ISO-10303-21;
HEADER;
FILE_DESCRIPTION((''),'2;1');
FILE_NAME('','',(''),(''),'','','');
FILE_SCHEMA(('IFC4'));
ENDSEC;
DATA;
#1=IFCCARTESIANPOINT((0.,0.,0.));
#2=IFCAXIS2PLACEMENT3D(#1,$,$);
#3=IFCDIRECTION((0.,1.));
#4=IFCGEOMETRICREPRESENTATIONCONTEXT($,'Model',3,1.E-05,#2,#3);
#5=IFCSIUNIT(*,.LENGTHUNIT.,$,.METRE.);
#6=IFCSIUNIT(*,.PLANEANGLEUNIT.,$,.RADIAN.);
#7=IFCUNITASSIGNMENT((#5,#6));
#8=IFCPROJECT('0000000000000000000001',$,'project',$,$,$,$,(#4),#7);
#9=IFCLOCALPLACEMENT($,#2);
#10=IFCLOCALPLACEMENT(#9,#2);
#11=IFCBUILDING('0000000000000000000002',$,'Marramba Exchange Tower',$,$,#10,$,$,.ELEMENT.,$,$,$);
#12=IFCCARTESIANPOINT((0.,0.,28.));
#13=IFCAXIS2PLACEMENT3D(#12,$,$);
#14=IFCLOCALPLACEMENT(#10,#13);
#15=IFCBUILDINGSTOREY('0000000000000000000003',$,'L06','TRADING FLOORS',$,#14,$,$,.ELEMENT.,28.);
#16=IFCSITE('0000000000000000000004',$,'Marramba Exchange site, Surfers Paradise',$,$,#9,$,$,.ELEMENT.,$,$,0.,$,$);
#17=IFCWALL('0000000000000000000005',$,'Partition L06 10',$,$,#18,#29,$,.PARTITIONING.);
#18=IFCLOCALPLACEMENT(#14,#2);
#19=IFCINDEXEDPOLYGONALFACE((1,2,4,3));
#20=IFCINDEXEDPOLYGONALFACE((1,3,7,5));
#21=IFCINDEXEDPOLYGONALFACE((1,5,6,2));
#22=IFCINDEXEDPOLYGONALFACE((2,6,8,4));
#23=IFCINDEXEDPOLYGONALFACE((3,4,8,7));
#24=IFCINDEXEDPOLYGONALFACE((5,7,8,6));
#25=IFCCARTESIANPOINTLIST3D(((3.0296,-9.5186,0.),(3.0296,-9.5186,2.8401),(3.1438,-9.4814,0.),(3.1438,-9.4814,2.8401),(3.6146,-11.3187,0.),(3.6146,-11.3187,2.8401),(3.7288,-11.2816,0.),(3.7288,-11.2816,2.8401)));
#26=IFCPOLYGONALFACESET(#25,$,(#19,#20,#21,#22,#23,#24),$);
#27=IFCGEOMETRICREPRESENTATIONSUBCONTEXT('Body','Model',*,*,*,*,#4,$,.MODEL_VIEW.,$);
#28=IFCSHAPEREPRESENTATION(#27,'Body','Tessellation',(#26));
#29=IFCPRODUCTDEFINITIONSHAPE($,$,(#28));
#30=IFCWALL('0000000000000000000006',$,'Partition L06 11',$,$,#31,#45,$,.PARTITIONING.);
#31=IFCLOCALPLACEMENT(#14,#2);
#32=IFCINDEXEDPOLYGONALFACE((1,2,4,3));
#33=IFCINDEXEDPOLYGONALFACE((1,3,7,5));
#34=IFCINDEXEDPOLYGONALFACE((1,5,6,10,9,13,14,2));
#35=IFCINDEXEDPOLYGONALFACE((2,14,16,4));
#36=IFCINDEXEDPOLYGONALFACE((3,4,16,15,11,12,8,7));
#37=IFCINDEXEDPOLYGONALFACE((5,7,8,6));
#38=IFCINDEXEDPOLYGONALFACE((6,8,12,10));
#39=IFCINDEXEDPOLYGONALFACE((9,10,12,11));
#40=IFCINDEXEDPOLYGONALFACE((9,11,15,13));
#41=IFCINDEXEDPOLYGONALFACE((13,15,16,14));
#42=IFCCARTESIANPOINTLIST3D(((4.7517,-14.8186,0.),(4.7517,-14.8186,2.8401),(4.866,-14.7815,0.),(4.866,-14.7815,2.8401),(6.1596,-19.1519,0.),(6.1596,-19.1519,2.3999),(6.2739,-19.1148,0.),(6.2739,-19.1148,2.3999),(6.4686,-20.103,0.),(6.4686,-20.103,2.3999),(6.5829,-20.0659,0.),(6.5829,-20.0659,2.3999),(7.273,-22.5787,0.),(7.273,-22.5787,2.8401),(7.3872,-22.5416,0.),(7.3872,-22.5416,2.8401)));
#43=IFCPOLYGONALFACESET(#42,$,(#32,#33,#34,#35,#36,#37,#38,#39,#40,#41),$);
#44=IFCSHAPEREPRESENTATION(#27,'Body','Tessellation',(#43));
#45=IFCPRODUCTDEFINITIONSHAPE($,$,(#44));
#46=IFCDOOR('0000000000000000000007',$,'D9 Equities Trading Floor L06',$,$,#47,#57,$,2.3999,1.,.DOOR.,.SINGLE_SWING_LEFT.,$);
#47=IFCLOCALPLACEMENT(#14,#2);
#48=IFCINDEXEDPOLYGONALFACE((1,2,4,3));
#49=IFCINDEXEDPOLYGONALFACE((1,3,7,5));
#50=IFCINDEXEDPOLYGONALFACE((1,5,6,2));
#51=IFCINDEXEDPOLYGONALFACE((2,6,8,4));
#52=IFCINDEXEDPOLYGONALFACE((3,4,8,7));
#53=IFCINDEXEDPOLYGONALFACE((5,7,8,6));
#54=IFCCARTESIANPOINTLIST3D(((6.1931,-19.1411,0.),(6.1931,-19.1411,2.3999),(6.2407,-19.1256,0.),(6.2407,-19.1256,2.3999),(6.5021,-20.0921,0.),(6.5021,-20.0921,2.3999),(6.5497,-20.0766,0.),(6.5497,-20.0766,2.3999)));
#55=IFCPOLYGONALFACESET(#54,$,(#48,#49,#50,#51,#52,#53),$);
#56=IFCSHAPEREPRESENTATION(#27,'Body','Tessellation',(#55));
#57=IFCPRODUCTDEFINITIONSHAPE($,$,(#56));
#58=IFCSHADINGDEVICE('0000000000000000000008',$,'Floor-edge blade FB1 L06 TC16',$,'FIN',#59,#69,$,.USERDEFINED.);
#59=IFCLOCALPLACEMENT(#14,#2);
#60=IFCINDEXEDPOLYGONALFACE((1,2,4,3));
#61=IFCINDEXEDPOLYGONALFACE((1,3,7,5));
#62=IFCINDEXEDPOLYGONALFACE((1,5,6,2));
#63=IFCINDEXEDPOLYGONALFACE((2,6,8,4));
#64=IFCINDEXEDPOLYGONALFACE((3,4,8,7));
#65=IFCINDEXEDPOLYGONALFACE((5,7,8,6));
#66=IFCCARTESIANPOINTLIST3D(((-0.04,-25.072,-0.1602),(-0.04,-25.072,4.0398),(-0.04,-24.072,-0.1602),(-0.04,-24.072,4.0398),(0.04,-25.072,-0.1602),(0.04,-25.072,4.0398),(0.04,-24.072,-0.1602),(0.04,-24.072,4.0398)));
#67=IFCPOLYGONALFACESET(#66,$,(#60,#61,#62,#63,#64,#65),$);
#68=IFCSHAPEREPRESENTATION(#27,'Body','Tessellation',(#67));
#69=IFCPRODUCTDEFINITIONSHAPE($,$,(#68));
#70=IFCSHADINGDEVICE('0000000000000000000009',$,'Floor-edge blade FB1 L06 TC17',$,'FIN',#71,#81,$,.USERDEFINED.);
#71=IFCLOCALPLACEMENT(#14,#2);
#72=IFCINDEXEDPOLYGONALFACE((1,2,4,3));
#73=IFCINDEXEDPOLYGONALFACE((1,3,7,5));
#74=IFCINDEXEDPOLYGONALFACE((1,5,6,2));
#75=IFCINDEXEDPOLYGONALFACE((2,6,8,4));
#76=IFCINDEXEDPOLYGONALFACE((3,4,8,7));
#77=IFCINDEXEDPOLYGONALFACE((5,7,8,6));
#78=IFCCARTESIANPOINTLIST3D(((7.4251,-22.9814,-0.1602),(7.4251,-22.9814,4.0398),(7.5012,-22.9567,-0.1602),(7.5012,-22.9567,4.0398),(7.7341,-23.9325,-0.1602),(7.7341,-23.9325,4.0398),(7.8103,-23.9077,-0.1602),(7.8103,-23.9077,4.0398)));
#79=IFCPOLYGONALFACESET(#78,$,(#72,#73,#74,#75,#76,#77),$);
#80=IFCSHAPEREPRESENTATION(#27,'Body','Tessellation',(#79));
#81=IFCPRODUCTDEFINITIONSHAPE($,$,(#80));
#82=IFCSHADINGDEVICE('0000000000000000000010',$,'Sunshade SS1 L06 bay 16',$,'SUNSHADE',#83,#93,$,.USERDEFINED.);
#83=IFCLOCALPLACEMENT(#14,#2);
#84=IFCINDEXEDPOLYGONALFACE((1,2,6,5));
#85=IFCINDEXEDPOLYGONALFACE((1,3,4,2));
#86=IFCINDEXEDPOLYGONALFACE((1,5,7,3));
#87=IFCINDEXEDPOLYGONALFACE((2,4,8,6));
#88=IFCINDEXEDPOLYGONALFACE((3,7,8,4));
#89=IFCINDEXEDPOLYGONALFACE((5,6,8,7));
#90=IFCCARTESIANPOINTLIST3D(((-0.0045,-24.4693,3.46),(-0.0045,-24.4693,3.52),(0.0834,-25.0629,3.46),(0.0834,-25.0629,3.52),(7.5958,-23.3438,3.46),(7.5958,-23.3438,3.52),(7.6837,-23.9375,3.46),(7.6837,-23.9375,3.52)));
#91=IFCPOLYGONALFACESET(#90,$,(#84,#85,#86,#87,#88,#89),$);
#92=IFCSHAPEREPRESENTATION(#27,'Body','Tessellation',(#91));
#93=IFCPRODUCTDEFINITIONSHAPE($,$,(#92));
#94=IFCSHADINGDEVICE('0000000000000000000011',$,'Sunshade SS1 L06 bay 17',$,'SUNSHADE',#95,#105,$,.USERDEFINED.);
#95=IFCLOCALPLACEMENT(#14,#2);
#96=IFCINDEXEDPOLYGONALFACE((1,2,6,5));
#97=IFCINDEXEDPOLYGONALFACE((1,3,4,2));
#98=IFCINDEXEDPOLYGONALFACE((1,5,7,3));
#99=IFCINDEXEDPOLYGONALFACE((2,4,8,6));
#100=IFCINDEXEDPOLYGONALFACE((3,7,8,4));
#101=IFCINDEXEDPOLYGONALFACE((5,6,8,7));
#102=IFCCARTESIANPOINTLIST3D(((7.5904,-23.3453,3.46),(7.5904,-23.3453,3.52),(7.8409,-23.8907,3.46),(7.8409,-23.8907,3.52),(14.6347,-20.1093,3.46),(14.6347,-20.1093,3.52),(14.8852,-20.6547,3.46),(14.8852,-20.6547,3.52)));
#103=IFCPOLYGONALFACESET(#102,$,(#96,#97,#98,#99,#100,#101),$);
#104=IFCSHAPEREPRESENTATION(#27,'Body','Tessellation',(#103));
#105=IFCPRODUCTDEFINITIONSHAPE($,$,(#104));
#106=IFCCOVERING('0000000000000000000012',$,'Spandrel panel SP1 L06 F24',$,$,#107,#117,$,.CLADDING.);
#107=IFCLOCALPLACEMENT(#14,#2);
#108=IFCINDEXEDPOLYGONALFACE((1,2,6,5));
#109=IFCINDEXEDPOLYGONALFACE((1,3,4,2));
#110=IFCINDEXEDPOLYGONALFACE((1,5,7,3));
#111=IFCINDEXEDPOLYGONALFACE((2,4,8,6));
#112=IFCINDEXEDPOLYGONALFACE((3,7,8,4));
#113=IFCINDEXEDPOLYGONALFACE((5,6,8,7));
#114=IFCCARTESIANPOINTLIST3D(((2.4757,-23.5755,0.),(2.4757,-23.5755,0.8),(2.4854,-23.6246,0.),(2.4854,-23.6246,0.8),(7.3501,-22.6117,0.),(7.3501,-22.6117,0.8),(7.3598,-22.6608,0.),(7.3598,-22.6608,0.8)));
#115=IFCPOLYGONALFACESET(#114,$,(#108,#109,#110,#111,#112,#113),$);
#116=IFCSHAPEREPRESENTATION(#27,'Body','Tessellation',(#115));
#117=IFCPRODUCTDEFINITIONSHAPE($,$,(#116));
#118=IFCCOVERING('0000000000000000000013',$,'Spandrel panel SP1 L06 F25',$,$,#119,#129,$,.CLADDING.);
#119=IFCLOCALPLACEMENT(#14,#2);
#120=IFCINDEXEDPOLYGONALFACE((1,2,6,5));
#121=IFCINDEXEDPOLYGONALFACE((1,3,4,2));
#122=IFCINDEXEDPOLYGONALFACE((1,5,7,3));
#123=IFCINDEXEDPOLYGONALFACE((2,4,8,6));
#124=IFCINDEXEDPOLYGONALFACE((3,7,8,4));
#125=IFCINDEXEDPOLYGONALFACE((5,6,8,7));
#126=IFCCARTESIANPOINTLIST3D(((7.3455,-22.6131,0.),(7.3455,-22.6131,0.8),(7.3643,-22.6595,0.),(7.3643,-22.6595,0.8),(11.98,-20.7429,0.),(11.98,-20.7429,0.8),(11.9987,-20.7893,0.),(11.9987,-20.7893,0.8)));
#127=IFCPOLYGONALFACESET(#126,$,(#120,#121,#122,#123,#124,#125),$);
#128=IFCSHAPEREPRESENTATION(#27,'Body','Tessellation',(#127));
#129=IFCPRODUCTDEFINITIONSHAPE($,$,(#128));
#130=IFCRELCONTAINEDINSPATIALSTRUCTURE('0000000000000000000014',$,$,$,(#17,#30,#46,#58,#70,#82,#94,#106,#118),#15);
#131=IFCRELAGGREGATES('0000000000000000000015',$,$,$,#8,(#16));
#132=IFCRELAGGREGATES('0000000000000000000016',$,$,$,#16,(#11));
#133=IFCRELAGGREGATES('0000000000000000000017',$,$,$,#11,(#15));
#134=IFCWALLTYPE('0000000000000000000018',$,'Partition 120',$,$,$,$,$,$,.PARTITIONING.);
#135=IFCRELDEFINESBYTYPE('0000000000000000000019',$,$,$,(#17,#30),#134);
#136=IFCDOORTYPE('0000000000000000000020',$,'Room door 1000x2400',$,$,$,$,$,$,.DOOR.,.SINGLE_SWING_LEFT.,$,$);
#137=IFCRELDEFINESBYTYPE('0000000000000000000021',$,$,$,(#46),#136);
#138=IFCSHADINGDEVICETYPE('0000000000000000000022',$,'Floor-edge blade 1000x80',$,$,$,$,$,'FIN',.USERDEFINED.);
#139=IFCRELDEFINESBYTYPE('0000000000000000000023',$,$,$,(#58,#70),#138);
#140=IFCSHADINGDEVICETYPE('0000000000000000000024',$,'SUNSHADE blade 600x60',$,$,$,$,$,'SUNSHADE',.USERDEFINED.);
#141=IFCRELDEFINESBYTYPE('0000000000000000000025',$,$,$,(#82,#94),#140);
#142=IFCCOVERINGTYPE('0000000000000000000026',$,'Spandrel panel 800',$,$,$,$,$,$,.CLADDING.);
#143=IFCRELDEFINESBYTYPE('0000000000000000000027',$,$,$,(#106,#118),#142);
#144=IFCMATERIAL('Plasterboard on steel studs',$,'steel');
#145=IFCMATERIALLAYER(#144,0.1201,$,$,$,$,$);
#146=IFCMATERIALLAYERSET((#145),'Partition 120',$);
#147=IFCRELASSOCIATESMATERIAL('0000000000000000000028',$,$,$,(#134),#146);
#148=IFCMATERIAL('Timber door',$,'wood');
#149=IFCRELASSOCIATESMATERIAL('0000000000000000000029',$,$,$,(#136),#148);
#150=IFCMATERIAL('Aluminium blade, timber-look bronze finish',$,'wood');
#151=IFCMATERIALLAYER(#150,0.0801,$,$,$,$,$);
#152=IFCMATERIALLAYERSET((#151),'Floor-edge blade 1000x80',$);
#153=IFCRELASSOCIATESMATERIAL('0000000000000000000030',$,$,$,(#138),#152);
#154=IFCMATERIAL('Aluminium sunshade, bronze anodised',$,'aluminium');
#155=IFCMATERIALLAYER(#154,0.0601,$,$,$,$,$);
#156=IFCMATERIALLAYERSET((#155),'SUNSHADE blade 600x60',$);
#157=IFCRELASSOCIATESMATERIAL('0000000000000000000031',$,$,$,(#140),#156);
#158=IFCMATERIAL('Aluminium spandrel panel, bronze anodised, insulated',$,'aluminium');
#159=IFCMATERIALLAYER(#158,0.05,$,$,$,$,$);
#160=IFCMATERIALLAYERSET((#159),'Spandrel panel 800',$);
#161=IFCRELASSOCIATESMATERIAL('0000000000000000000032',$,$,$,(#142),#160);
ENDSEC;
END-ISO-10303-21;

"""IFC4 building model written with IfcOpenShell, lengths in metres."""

from ifc_helpers import new_model, si_unit, direction, frame, frame_2d, origin, origin_2d, place, context, subcontext, project, spatial, rectangle, extrude, material, layer, layer_set, type_object, element, fill, save


model = new_model("IFC4")

# Units and contexts
model_context = context("Model", 3, precision=1e-05, world=origin(), true_north=direction((0.0, 1.0)))
body_context = subcontext(model_context, "Body", "Model", "MODEL_VIEW")
ifc_project = project(units=[si_unit("LENGTHUNIT", "METRE"), si_unit("PLANEANGLEUNIT", "RADIAN")], contexts=[model_context])

# Site, building, storey
site_placement = place(None, origin())
site = spatial("IfcSite", under=ifc_project, at=site_placement, Name="Marramba Exchange site, Surfers Paradise", CompositionType="ELEMENT", RefElevation=0.0)
building_placement = place(site_placement, origin())
building = spatial("IfcBuilding", under=site, at=building_placement, Name="Marramba Exchange Tower", CompositionType="ELEMENT")
storey_placement = place(building_placement, frame((0.0, 0.0, 28.0)))
storey = spatial("IfcBuildingStorey", under=building, at=storey_placement, Name="L06", Description="TRADING FLOORS", CompositionType="ELEMENT", Elevation=28.0)

# Wall
ifc_material_1 = material(Name="Plasterboard on steel studs", Category="steel")
ifc_layer_1 = layer(ifc_material_1, 0.1201)
ifc_layer_set_1 = layer_set([ifc_layer_1], Name="Partition 120")
wall_type_1 = type_object("IfcWallType", Name="Partition 120", PredefinedType="PARTITIONING", material=ifc_layer_set_1)
wall_1_placement = place(storey_placement, frame((3.6716, -11.3, 0.0), z_axis=(0.0, 0.0, 1.0), x_axis=(-0.30906, 0.951043, 0.0)))
element("IfcWall", 1, at=wall_1_placement, inside=storey, type_object=wall_type_1, Name="Partition L06 10", PredefinedType="PARTITIONING", context=body_context, shape_type="SweptSolid", body=[
    extrude(rectangle(XDim=1.8928, YDim=0.1201, at=frame_2d((0.9463, 0.0))), origin(), (0.0, 0.0, 1.0), 2.8401),
])

# Wall, opening, door
wall_2_placement = place(storey_placement, frame((7.3301, -22.5601, 0.0), z_axis=(0.0, 0.0, 1.0), x_axis=(-0.309001, 0.951062, 0.0)))
wall_2 = element("IfcWall", 2, at=wall_2_placement, inside=storey, type_object=wall_type_1, Name="Partition L06 11", PredefinedType="PARTITIONING", context=body_context, shape_type="SweptSolid", body=[
    extrude(rectangle(XDim=8.1594, YDim=0.1201, at=frame_2d((4.0796, 0.0))), origin(), (0.0, 0.0, 1.0), 2.8401),
])
opening_placement = place(wall_2_placement, frame((2.603, 0.0, 0.0)))
opening = element("IfcOpeningElement", 3, at=opening_placement, cuts=wall_2, PredefinedType="OPENING", context=body_context, shape_type="SweptSolid", body=[
    extrude(rectangle(XDim=1.0, YDim=2.3999, at=frame_2d((0.5, 1.2))), frame((0.0, 0.0701, 0.0), z_axis=(0.0, -1.0, 0.0), x_axis=(1.0, 0.0, 0.0)), (0.0, 0.0, 1.0), 0.1401),
])
ifc_material_2 = material(Name="Timber door", Category="wood")
door_type = type_object("IfcDoorType", Name="Room door 1000x2400", OperationType="SINGLE_SWING_LEFT", PredefinedType="DOOR", material=ifc_material_2)
door_placement = place(opening_placement, origin())
door = element("IfcDoor", 4, at=door_placement, inside=storey, type_object=door_type, Name="D9 Equities Trading Floor L06", OperationType="SINGLE_SWING_LEFT", OverallHeight=2.3999, OverallWidth=1.0, PredefinedType="DOOR", context=body_context, shape_type="SweptSolid", body=[
    extrude(rectangle(XDim=1.0, YDim=2.3999, at=frame_2d((0.5, 1.2))), frame((0.0, 0.0249, 0.0), z_axis=(0.0, -1.0, 0.0), x_axis=(1.0, 0.0, 0.0)), (0.0, 0.0, 1.0), 0.05),
])
fill(opening, door)

# Shading devices
ifc_material_3 = material(Name="Aluminium blade, timber-look bronze finish", Category="wood")
ifc_layer_2 = layer(ifc_material_3, 0.0801)
ifc_layer_set_2 = layer_set([ifc_layer_2], Name="Floor-edge blade 1000x80")
shading_device_type_1 = type_object("IfcShadingDeviceType", Name="Floor-edge blade 1000x80", ElementType="FIN", PredefinedType="USERDEFINED", material=ifc_layer_set_2)
for number, where, z_axis, x_axis, name in (
    (5, (0.0, -24.572, -0.1602), (0.0, 0.0, 1.0), (0.0, -1.0, 0.0), "Floor-edge blade FB1 L06 TC16"),
    (6, (7.6177, -23.4446, -0.1602), (0.0, 0.0, 1.0), (0.309017, -0.951057, 0.0), "Floor-edge blade FB1 L06 TC17"),
):
    element("IfcShadingDevice", number, at=place(storey_placement, frame(where, z_axis=z_axis, x_axis=x_axis)), inside=storey, type_object=shading_device_type_1, Name=name, ObjectType="FIN", PredefinedType="USERDEFINED", context=body_context, shape_type="SweptSolid", body=[
        extrude(rectangle(XDim=1.0, YDim=0.0801, at=origin_2d()), origin(), (0.0, 0.0, 1.0), 4.2),
    ])
ifc_material_4 = material(Name="Aluminium sunshade, bronze anodised", Category="aluminium")
ifc_layer_3 = layer(ifc_material_4, 0.0601)
ifc_layer_set_3 = layer_set([ifc_layer_3], Name="SUNSHADE blade 600x60")
shading_device_type_2 = type_object("IfcShadingDeviceType", Name="SUNSHADE blade 600x60", ElementType="SUNSHADE", PredefinedType="USERDEFINED", material=ifc_layer_set_3)
shading_device_1_placement = place(storey_placement, frame((3.8396, -24.2034, 3.46), z_axis=(0.0, 0.0, 1.0), x_axis=(0.989213, 0.146485, 0.0)))
element("IfcShadingDevice", 7, at=shading_device_1_placement, inside=storey, type_object=shading_device_type_2, Name="Sunshade SS1 L06 bay 16", ObjectType="SUNSHADE", PredefinedType="USERDEFINED", context=body_context, shape_type="SweptSolid", body=[
    extrude(rectangle(XDim=7.6831, YDim=0.6001, at=origin_2d()), origin(), (0.0, 0.0, 1.0), 0.0601),
])
shading_device_2_placement = place(storey_placement, frame((11.2378, -22.0, 3.46), z_axis=(0.0, 0.0, 1.0), x_axis=(0.908704, 0.417442, 0.0)))
element("IfcShadingDevice", 8, at=shading_device_2_placement, inside=storey, type_object=shading_device_type_2, Name="Sunshade SS1 L06 bay 17", ObjectType="SUNSHADE", PredefinedType="USERDEFINED", context=body_context, shape_type="SweptSolid", body=[
    extrude(rectangle(XDim=7.752, YDim=0.6001, at=origin_2d()), origin(), (0.0, 0.0, 1.0), 0.0601),
])

# Coverings
ifc_material_5 = material(Name="Aluminium spandrel panel, bronze anodised, insulated", Category="aluminium")
ifc_layer_4 = layer(ifc_material_5, 0.05)
ifc_layer_set_4 = layer_set([ifc_layer_4], Name="Spandrel panel 800")
covering_type = type_object("IfcCoveringType", Name="Spandrel panel 800", PredefinedType="CLADDING", material=ifc_layer_set_4)
covering_1_placement = place(storey_placement, frame((4.9177, -23.1182, 0.0), z_axis=(0.0, 0.0, 1.0), x_axis=(0.981009, 0.193961, 0.0)))
element("IfcCovering", 9, at=covering_1_placement, inside=storey, type_object=covering_type, Name="Spandrel panel SP1 L06 F24", PredefinedType="CLADDING", context=body_context, shape_type="SweptSolid", body=[
    extrude(rectangle(XDim=4.9688, YDim=0.05, at=origin_2d()), origin(), (0.0, 0.0, 1.0), 0.8),
])
covering_2_placement = place(storey_placement, frame((9.6721, -21.7012, 0.0), z_axis=(0.0, 0.0, 1.0), x_axis=(0.927341, 0.374218, 0.0)))
element("IfcCovering", 10, at=covering_2_placement, inside=storey, type_object=covering_type, Name="Spandrel panel SP1 L06 F25", PredefinedType="CLADDING", context=body_context, shape_type="SweptSolid", body=[
    extrude(rectangle(XDim=4.9976, YDim=0.05, at=origin_2d()), origin(), (0.0, 0.0, 1.0), 0.8),
])

save(model, "model.ifc")
